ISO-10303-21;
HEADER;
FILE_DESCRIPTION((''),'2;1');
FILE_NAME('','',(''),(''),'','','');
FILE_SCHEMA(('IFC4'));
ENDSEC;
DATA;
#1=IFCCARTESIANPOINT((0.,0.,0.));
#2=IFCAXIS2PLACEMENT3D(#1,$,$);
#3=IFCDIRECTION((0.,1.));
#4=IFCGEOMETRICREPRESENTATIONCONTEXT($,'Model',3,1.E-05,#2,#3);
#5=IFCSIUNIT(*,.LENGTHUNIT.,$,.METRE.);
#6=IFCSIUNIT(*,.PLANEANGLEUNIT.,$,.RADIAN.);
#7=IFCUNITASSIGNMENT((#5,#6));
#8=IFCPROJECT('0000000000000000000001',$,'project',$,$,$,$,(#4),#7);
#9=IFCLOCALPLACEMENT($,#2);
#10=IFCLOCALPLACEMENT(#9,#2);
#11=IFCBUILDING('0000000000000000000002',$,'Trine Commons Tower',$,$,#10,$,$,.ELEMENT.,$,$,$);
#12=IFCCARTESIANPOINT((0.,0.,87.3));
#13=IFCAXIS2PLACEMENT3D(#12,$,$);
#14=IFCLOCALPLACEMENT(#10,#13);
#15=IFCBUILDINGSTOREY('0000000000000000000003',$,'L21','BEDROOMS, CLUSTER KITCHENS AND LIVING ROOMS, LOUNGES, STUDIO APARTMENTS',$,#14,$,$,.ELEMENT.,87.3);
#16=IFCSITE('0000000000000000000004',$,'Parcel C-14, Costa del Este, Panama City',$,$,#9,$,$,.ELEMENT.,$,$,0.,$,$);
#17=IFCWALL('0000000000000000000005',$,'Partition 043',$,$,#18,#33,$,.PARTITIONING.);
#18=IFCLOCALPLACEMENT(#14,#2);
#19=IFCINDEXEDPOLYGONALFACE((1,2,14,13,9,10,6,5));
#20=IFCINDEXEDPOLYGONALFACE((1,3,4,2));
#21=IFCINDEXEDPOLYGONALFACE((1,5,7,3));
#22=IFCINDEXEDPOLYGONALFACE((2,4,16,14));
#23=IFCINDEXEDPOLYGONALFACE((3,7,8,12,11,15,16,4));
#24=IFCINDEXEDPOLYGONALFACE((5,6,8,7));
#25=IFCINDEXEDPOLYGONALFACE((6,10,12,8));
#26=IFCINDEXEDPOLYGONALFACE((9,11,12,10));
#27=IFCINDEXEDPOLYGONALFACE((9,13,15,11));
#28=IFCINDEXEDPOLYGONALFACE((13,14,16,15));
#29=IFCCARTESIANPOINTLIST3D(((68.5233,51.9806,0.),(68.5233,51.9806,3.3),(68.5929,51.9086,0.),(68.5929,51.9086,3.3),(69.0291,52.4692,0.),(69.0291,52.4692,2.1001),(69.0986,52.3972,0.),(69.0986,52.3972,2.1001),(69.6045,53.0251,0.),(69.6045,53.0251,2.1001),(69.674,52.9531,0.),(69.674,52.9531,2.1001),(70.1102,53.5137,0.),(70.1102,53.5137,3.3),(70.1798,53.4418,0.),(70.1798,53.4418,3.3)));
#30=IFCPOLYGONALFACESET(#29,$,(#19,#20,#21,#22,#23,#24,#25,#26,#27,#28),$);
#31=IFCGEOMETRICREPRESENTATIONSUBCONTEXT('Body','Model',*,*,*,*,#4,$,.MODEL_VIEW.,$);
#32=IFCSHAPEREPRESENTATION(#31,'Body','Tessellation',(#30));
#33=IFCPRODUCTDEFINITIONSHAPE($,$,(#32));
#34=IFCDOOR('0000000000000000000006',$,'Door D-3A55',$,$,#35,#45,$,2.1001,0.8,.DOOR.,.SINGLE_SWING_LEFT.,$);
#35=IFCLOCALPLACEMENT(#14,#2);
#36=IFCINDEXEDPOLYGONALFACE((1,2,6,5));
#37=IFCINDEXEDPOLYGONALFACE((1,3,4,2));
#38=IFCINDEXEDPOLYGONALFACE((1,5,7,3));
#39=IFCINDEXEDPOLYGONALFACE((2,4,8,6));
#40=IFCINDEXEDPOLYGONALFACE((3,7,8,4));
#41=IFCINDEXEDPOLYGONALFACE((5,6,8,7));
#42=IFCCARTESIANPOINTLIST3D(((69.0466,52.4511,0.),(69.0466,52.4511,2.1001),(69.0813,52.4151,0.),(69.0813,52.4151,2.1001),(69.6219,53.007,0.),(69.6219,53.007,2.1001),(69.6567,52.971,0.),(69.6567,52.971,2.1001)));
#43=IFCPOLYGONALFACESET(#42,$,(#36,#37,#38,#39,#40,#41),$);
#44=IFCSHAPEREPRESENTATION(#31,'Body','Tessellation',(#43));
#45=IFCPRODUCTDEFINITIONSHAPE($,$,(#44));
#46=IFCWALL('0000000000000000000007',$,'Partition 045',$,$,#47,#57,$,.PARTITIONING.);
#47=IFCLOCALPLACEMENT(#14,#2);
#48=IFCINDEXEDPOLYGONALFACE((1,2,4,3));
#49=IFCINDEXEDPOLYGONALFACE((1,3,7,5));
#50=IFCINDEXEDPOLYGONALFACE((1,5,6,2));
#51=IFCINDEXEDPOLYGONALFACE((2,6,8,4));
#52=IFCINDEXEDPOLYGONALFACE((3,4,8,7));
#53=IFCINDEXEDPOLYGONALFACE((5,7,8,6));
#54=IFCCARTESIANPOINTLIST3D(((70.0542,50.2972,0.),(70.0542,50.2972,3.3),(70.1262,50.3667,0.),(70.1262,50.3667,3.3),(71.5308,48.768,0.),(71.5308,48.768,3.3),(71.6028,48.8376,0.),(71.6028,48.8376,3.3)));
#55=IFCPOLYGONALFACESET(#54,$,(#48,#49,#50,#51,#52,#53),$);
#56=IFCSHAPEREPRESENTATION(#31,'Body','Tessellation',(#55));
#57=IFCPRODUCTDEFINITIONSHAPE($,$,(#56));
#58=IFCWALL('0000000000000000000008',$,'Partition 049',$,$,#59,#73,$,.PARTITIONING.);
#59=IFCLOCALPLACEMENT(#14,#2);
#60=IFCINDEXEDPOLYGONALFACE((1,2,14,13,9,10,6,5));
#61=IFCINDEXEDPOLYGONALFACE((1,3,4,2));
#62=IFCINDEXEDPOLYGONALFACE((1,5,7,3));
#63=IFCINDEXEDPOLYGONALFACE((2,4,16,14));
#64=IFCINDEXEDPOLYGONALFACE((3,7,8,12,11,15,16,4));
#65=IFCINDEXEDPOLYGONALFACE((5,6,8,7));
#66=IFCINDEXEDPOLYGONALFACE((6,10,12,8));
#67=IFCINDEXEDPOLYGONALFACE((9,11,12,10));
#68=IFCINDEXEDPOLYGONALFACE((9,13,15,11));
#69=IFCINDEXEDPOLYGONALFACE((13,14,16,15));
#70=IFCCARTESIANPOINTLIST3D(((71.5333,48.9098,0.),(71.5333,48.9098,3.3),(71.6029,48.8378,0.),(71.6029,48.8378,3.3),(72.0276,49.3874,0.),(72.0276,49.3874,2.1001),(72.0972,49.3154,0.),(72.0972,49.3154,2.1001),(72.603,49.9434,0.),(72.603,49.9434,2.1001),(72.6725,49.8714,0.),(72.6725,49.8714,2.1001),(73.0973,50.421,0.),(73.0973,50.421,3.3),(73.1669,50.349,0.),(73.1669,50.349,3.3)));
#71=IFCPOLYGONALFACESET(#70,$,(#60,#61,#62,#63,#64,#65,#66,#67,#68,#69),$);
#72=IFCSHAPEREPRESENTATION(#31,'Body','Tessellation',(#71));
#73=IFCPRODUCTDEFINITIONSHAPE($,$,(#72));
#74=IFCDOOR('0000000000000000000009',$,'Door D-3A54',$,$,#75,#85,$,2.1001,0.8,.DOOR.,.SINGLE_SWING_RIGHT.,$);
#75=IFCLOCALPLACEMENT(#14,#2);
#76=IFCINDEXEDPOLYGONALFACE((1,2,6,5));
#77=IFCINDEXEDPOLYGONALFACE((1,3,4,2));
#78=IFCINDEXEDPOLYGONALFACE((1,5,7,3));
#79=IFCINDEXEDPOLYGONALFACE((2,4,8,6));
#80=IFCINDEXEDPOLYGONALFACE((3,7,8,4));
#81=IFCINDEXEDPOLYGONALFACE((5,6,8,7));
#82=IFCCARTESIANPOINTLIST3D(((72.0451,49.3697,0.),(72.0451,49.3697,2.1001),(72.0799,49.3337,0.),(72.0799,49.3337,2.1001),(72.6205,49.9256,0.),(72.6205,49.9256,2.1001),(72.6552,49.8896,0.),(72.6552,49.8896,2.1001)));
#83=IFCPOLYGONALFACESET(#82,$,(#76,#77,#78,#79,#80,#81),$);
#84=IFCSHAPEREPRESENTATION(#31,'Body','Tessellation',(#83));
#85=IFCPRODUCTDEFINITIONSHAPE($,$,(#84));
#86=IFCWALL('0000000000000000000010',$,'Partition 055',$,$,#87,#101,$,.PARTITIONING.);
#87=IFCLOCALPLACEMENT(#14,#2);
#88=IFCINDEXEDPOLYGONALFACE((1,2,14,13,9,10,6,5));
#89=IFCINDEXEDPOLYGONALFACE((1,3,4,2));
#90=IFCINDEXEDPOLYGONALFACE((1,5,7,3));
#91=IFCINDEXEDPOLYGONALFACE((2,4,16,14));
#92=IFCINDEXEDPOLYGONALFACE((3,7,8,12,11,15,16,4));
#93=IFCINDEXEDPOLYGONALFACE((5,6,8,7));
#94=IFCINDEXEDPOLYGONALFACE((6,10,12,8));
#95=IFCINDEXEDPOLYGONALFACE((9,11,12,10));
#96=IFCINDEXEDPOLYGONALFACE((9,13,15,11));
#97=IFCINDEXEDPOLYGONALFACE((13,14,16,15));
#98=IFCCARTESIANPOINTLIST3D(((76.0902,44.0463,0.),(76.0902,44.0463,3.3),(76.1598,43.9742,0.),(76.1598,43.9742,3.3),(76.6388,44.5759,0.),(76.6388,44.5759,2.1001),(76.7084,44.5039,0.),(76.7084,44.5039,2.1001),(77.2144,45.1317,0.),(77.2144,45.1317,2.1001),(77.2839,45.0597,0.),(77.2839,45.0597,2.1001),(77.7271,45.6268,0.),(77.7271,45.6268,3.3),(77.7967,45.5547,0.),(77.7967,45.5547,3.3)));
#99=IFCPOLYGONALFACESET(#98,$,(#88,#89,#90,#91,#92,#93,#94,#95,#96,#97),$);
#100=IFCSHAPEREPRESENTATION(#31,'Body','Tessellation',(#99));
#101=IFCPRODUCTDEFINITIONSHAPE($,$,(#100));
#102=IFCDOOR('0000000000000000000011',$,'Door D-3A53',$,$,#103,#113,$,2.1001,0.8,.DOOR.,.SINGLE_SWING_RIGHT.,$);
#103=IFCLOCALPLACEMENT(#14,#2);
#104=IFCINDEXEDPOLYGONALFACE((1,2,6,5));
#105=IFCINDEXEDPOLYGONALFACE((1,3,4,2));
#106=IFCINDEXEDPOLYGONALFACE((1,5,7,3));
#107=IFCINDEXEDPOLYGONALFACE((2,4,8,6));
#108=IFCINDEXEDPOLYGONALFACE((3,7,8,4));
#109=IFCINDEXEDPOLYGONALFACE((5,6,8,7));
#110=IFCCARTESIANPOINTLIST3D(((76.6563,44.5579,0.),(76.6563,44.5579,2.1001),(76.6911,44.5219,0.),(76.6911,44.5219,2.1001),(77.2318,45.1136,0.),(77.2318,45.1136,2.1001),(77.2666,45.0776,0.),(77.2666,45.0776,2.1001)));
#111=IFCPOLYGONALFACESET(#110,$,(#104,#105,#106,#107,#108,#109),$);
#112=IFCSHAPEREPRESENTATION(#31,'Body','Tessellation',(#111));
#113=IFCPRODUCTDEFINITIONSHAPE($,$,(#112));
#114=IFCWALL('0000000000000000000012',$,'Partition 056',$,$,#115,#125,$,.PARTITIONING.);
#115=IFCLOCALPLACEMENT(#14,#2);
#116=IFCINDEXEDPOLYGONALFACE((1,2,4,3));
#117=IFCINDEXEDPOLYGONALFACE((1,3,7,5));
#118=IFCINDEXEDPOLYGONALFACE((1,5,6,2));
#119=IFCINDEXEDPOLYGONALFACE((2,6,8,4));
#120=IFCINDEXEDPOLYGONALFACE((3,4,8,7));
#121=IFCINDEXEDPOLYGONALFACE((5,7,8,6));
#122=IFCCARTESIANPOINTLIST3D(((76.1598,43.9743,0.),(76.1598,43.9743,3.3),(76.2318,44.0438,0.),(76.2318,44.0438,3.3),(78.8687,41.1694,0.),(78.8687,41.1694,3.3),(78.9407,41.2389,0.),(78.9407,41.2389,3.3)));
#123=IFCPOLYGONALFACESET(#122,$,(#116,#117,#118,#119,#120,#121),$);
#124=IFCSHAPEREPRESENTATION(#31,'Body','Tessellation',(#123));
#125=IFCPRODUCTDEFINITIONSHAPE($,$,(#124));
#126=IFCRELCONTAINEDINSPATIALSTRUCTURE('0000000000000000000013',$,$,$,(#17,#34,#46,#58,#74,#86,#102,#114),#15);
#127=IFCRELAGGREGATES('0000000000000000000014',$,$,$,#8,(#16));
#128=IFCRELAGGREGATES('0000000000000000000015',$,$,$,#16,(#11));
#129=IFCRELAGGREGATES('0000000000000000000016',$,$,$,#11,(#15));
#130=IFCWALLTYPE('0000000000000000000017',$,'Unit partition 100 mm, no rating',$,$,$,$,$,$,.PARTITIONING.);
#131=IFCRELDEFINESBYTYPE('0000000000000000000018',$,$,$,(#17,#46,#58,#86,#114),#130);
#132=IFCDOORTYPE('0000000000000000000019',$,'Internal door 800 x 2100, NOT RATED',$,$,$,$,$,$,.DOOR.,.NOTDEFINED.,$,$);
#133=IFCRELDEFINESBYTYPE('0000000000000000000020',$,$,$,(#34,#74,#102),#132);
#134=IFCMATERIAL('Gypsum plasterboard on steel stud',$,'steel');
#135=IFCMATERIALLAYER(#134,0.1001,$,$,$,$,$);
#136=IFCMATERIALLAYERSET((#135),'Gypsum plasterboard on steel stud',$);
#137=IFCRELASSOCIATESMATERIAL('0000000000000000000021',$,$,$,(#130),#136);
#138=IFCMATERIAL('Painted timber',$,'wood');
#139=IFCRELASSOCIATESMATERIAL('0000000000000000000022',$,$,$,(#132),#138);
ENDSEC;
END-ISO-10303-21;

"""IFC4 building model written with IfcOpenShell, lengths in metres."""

from ifc_helpers import new_model, si_unit, direction, frame, frame_2d, origin, place, context, subcontext, project, spatial, rectangle, extrude, material, layer, layer_set, type_object, element, fill, save


model = new_model("IFC4")

# Units and contexts
model_context = context("Model", 3, precision=1e-05, world=origin(), true_north=direction((0.0, 1.0)))
body_context = subcontext(model_context, "Body", "Model", "MODEL_VIEW")
ifc_project = project(units=[si_unit("LENGTHUNIT", "METRE"), si_unit("PLANEANGLEUNIT", "RADIAN")], contexts=[model_context])

# Site, building, storey
site_placement = place(None, origin())
site = spatial("IfcSite", under=ifc_project, at=site_placement, Name="Parcel C-14, Costa del Este, Panama City", CompositionType="ELEMENT", RefElevation=0.0)
building_placement = place(site_placement, origin())
building = spatial("IfcBuilding", under=site, at=building_placement, Name="Trine Commons Tower", CompositionType="ELEMENT")
storey_placement = place(building_placement, frame((0.0, 0.0, 87.3)))
storey = spatial("IfcBuildingStorey", under=building, at=storey_placement, Name="L21", Description="BEDROOMS, CLUSTER KITCHENS AND LIVING ROOMS, LOUNGES, STUDIO APARTMENTS", CompositionType="ELEMENT", Elevation=87.3)

# Shared definitions
ifc_material_1 = material(Name="Gypsum plasterboard on steel stud", Category="steel")

# Shared definitions
ifc_layer_1 = layer(ifc_material_1, 0.1001)
ifc_layer_set_1 = layer_set([ifc_layer_1], Name="Gypsum plasterboard on steel stud")
wall_type_1 = type_object("IfcWallType", Name="Unit partition 100 mm, no rating", PredefinedType="PARTITIONING", material=ifc_layer_set_1)

# Wall, opening, door
wall_1_placement = place(storey_placement, frame((68.5581, 51.9446, 0.0), z_axis=(0.0, 0.0, 1.0), x_axis=(0.719173, 0.694831, 0.0)))
wall_1 = element("IfcWall", 1, at=wall_1_placement, inside=storey, type_object=wall_type_1, Name="Partition 043", PredefinedType="PARTITIONING", context=body_context, shape_type="SweptSolid", body=[
    extrude(rectangle(XDim=2.2065, YDim=0.1001, at=frame_2d((1.1033, 0.0))), origin(), (0.0, 0.0, 1.0), 3.3),
])
opening_1_placement = place(wall_1_placement, frame((0.7034, 0.0, 0.0)))
opening_1 = element("IfcOpeningElement", 2, at=opening_1_placement, cuts=wall_1, PredefinedType="OPENING", context=body_context, shape_type="SweptSolid", body=[
    extrude(rectangle(XDim=0.8, YDim=2.1001, at=frame_2d((0.3999, 1.05))), frame((0.0, 0.0601, 0.0), z_axis=(0.0, -1.0, 0.0), x_axis=(1.0, 0.0, 0.0)), (0.0, 0.0, 1.0), 0.1201),
])
ifc_material_2 = material(Name="Painted timber", Category="wood")
door_type_1 = type_object("IfcDoorType", Name="Internal door 800 x 2100, NOT RATED", OperationType="NOTDEFINED", PredefinedType="DOOR", material=ifc_material_2)
door_1_placement = place(opening_1_placement, origin())
door_1 = element("IfcDoor", 3, at=door_1_placement, inside=storey, type_object=door_type_1, Name="Door D-3A55", OperationType="SINGLE_SWING_LEFT", OverallHeight=2.1001, OverallWidth=0.8, PredefinedType="DOOR", context=body_context, shape_type="SweptSolid", body=[
    extrude(rectangle(XDim=0.8, YDim=2.1001, at=frame_2d((0.3999, 1.05))), frame((0.0, 0.0249, 0.0), z_axis=(0.0, -1.0, 0.0), x_axis=(1.0, 0.0, 0.0)), (0.0, 0.0, 1.0), 0.05),
])
fill(opening_1, door_1)

# Wall
wall_2_placement = place(storey_placement, frame((70.0901, 50.332, 0.0), z_axis=(0.0, 0.0, 1.0), x_axis=(0.694652, -0.719346, 0.0)))
element("IfcWall", 4, at=wall_2_placement, inside=storey, type_object=wall_type_1, Name="Partition 045", PredefinedType="PARTITIONING", context=body_context, shape_type="SweptSolid", body=[
    extrude(rectangle(XDim=2.1257, YDim=0.1001, at=frame_2d((1.063, 0.0))), origin(), (0.0, 0.0, 1.0), 3.3),
])

# Walls, openings, doors
wall_3_placement = place(storey_placement, frame((71.5681, 48.8738, 0.0), z_axis=(0.0, 0.0, 1.0), x_axis=(0.719127, 0.694879, 0.0)))
wall_3 = element("IfcWall", 5, at=wall_3_placement, inside=storey, type_object=wall_type_1, Name="Partition 049", PredefinedType="PARTITIONING", context=body_context, shape_type="SweptSolid", body=[
    extrude(rectangle(XDim=2.1748, YDim=0.1001, at=frame_2d((1.0874, 0.0))), origin(), (0.0, 0.0, 1.0), 3.3),
])
opening_2_placement = place(wall_3_placement, frame((0.6875, 0.0, 0.0)))
opening_2 = element("IfcOpeningElement", 6, at=opening_2_placement, cuts=wall_3, PredefinedType="OPENING", context=body_context, shape_type="SweptSolid", body=[
    extrude(rectangle(XDim=0.8, YDim=2.1001, at=frame_2d((0.3999, 1.05))), frame((0.0, 0.0601, 0.0), z_axis=(0.0, -1.0, 0.0), x_axis=(1.0, 0.0, 0.0)), (0.0, 0.0, 1.0), 0.1201),
])
door_2_placement = place(opening_2_placement, frame((0.8, 0.0, 0.0), z_axis=(0.0, 0.0, 1.0), x_axis=(-1.0, 0.0, 0.0)))
door_2 = element("IfcDoor", 7, at=door_2_placement, inside=storey, type_object=door_type_1, Name="Door D-3A54", OperationType="SINGLE_SWING_RIGHT", OverallHeight=2.1001, OverallWidth=0.8, PredefinedType="DOOR", context=body_context, shape_type="SweptSolid", body=[
    extrude(rectangle(XDim=0.8, YDim=2.1001, at=frame_2d((0.3999, 1.05))), frame((0.0, 0.0249, 0.0), z_axis=(0.0, -1.0, 0.0), x_axis=(1.0, 0.0, 0.0)), (0.0, 0.0, 1.0), 0.05),
])
fill(opening_2, door_2)
wall_4_placement = place(storey_placement, frame((76.125, 44.0103, 0.0), z_axis=(0.0, 0.0, 1.0), x_axis=(0.71939, 0.694606, 0.0)))
wall_4 = element("IfcWall", 8, at=wall_4_placement, inside=storey, type_object=wall_type_1, Name="Partition 055", PredefinedType="PARTITIONING", context=body_context, shape_type="SweptSolid", body=[
    extrude(rectangle(XDim=2.2754, YDim=0.1001, at=frame_2d((1.1377, 0.0))), origin(), (0.0, 0.0, 1.0), 3.3),
])
opening_3_placement = place(wall_4_placement, frame((0.7627, 0.0, 0.0)))
opening_3 = element("IfcOpeningElement", 9, at=opening_3_placement, cuts=wall_4, PredefinedType="OPENING", context=body_context, shape_type="SweptSolid", body=[
    extrude(rectangle(XDim=0.8, YDim=2.1001, at=frame_2d((0.3999, 1.05))), frame((0.0, 0.0601, 0.0), z_axis=(0.0, -1.0, 0.0), x_axis=(1.0, 0.0, 0.0)), (0.0, 0.0, 1.0), 0.1201),
])
door_3_placement = place(opening_3_placement, origin())
door_3 = element("IfcDoor", 10, at=door_3_placement, inside=storey, type_object=door_type_1, Name="Door D-3A53", OperationType="SINGLE_SWING_RIGHT", OverallHeight=2.1001, OverallWidth=0.8, PredefinedType="DOOR", context=body_context, shape_type="SweptSolid", body=[
    extrude(rectangle(XDim=0.8, YDim=2.1001, at=frame_2d((0.3999, 1.05))), frame((0.0, 0.0249, 0.0), z_axis=(0.0, -1.0, 0.0), x_axis=(1.0, 0.0, 0.0)), (0.0, 0.0, 1.0), 0.05),
])
fill(opening_3, door_3)

# Wall
wall_5_placement = place(storey_placement, frame((76.1958, 44.009, 0.0), z_axis=(0.0, 0.0, 1.0), x_axis=(0.694697, -0.719302, 0.0)))
element("IfcWall", 11, at=wall_5_placement, inside=storey, type_object=wall_type_1, Name="Partition 056", PredefinedType="PARTITIONING", context=body_context, shape_type="SweptSolid", body=[
    extrude(rectangle(XDim=3.8994, YDim=0.1001, at=frame_2d((1.9497, 0.0))), origin(), (0.0, 0.0, 1.0), 3.3),
])

save(model, "model.ifc")
